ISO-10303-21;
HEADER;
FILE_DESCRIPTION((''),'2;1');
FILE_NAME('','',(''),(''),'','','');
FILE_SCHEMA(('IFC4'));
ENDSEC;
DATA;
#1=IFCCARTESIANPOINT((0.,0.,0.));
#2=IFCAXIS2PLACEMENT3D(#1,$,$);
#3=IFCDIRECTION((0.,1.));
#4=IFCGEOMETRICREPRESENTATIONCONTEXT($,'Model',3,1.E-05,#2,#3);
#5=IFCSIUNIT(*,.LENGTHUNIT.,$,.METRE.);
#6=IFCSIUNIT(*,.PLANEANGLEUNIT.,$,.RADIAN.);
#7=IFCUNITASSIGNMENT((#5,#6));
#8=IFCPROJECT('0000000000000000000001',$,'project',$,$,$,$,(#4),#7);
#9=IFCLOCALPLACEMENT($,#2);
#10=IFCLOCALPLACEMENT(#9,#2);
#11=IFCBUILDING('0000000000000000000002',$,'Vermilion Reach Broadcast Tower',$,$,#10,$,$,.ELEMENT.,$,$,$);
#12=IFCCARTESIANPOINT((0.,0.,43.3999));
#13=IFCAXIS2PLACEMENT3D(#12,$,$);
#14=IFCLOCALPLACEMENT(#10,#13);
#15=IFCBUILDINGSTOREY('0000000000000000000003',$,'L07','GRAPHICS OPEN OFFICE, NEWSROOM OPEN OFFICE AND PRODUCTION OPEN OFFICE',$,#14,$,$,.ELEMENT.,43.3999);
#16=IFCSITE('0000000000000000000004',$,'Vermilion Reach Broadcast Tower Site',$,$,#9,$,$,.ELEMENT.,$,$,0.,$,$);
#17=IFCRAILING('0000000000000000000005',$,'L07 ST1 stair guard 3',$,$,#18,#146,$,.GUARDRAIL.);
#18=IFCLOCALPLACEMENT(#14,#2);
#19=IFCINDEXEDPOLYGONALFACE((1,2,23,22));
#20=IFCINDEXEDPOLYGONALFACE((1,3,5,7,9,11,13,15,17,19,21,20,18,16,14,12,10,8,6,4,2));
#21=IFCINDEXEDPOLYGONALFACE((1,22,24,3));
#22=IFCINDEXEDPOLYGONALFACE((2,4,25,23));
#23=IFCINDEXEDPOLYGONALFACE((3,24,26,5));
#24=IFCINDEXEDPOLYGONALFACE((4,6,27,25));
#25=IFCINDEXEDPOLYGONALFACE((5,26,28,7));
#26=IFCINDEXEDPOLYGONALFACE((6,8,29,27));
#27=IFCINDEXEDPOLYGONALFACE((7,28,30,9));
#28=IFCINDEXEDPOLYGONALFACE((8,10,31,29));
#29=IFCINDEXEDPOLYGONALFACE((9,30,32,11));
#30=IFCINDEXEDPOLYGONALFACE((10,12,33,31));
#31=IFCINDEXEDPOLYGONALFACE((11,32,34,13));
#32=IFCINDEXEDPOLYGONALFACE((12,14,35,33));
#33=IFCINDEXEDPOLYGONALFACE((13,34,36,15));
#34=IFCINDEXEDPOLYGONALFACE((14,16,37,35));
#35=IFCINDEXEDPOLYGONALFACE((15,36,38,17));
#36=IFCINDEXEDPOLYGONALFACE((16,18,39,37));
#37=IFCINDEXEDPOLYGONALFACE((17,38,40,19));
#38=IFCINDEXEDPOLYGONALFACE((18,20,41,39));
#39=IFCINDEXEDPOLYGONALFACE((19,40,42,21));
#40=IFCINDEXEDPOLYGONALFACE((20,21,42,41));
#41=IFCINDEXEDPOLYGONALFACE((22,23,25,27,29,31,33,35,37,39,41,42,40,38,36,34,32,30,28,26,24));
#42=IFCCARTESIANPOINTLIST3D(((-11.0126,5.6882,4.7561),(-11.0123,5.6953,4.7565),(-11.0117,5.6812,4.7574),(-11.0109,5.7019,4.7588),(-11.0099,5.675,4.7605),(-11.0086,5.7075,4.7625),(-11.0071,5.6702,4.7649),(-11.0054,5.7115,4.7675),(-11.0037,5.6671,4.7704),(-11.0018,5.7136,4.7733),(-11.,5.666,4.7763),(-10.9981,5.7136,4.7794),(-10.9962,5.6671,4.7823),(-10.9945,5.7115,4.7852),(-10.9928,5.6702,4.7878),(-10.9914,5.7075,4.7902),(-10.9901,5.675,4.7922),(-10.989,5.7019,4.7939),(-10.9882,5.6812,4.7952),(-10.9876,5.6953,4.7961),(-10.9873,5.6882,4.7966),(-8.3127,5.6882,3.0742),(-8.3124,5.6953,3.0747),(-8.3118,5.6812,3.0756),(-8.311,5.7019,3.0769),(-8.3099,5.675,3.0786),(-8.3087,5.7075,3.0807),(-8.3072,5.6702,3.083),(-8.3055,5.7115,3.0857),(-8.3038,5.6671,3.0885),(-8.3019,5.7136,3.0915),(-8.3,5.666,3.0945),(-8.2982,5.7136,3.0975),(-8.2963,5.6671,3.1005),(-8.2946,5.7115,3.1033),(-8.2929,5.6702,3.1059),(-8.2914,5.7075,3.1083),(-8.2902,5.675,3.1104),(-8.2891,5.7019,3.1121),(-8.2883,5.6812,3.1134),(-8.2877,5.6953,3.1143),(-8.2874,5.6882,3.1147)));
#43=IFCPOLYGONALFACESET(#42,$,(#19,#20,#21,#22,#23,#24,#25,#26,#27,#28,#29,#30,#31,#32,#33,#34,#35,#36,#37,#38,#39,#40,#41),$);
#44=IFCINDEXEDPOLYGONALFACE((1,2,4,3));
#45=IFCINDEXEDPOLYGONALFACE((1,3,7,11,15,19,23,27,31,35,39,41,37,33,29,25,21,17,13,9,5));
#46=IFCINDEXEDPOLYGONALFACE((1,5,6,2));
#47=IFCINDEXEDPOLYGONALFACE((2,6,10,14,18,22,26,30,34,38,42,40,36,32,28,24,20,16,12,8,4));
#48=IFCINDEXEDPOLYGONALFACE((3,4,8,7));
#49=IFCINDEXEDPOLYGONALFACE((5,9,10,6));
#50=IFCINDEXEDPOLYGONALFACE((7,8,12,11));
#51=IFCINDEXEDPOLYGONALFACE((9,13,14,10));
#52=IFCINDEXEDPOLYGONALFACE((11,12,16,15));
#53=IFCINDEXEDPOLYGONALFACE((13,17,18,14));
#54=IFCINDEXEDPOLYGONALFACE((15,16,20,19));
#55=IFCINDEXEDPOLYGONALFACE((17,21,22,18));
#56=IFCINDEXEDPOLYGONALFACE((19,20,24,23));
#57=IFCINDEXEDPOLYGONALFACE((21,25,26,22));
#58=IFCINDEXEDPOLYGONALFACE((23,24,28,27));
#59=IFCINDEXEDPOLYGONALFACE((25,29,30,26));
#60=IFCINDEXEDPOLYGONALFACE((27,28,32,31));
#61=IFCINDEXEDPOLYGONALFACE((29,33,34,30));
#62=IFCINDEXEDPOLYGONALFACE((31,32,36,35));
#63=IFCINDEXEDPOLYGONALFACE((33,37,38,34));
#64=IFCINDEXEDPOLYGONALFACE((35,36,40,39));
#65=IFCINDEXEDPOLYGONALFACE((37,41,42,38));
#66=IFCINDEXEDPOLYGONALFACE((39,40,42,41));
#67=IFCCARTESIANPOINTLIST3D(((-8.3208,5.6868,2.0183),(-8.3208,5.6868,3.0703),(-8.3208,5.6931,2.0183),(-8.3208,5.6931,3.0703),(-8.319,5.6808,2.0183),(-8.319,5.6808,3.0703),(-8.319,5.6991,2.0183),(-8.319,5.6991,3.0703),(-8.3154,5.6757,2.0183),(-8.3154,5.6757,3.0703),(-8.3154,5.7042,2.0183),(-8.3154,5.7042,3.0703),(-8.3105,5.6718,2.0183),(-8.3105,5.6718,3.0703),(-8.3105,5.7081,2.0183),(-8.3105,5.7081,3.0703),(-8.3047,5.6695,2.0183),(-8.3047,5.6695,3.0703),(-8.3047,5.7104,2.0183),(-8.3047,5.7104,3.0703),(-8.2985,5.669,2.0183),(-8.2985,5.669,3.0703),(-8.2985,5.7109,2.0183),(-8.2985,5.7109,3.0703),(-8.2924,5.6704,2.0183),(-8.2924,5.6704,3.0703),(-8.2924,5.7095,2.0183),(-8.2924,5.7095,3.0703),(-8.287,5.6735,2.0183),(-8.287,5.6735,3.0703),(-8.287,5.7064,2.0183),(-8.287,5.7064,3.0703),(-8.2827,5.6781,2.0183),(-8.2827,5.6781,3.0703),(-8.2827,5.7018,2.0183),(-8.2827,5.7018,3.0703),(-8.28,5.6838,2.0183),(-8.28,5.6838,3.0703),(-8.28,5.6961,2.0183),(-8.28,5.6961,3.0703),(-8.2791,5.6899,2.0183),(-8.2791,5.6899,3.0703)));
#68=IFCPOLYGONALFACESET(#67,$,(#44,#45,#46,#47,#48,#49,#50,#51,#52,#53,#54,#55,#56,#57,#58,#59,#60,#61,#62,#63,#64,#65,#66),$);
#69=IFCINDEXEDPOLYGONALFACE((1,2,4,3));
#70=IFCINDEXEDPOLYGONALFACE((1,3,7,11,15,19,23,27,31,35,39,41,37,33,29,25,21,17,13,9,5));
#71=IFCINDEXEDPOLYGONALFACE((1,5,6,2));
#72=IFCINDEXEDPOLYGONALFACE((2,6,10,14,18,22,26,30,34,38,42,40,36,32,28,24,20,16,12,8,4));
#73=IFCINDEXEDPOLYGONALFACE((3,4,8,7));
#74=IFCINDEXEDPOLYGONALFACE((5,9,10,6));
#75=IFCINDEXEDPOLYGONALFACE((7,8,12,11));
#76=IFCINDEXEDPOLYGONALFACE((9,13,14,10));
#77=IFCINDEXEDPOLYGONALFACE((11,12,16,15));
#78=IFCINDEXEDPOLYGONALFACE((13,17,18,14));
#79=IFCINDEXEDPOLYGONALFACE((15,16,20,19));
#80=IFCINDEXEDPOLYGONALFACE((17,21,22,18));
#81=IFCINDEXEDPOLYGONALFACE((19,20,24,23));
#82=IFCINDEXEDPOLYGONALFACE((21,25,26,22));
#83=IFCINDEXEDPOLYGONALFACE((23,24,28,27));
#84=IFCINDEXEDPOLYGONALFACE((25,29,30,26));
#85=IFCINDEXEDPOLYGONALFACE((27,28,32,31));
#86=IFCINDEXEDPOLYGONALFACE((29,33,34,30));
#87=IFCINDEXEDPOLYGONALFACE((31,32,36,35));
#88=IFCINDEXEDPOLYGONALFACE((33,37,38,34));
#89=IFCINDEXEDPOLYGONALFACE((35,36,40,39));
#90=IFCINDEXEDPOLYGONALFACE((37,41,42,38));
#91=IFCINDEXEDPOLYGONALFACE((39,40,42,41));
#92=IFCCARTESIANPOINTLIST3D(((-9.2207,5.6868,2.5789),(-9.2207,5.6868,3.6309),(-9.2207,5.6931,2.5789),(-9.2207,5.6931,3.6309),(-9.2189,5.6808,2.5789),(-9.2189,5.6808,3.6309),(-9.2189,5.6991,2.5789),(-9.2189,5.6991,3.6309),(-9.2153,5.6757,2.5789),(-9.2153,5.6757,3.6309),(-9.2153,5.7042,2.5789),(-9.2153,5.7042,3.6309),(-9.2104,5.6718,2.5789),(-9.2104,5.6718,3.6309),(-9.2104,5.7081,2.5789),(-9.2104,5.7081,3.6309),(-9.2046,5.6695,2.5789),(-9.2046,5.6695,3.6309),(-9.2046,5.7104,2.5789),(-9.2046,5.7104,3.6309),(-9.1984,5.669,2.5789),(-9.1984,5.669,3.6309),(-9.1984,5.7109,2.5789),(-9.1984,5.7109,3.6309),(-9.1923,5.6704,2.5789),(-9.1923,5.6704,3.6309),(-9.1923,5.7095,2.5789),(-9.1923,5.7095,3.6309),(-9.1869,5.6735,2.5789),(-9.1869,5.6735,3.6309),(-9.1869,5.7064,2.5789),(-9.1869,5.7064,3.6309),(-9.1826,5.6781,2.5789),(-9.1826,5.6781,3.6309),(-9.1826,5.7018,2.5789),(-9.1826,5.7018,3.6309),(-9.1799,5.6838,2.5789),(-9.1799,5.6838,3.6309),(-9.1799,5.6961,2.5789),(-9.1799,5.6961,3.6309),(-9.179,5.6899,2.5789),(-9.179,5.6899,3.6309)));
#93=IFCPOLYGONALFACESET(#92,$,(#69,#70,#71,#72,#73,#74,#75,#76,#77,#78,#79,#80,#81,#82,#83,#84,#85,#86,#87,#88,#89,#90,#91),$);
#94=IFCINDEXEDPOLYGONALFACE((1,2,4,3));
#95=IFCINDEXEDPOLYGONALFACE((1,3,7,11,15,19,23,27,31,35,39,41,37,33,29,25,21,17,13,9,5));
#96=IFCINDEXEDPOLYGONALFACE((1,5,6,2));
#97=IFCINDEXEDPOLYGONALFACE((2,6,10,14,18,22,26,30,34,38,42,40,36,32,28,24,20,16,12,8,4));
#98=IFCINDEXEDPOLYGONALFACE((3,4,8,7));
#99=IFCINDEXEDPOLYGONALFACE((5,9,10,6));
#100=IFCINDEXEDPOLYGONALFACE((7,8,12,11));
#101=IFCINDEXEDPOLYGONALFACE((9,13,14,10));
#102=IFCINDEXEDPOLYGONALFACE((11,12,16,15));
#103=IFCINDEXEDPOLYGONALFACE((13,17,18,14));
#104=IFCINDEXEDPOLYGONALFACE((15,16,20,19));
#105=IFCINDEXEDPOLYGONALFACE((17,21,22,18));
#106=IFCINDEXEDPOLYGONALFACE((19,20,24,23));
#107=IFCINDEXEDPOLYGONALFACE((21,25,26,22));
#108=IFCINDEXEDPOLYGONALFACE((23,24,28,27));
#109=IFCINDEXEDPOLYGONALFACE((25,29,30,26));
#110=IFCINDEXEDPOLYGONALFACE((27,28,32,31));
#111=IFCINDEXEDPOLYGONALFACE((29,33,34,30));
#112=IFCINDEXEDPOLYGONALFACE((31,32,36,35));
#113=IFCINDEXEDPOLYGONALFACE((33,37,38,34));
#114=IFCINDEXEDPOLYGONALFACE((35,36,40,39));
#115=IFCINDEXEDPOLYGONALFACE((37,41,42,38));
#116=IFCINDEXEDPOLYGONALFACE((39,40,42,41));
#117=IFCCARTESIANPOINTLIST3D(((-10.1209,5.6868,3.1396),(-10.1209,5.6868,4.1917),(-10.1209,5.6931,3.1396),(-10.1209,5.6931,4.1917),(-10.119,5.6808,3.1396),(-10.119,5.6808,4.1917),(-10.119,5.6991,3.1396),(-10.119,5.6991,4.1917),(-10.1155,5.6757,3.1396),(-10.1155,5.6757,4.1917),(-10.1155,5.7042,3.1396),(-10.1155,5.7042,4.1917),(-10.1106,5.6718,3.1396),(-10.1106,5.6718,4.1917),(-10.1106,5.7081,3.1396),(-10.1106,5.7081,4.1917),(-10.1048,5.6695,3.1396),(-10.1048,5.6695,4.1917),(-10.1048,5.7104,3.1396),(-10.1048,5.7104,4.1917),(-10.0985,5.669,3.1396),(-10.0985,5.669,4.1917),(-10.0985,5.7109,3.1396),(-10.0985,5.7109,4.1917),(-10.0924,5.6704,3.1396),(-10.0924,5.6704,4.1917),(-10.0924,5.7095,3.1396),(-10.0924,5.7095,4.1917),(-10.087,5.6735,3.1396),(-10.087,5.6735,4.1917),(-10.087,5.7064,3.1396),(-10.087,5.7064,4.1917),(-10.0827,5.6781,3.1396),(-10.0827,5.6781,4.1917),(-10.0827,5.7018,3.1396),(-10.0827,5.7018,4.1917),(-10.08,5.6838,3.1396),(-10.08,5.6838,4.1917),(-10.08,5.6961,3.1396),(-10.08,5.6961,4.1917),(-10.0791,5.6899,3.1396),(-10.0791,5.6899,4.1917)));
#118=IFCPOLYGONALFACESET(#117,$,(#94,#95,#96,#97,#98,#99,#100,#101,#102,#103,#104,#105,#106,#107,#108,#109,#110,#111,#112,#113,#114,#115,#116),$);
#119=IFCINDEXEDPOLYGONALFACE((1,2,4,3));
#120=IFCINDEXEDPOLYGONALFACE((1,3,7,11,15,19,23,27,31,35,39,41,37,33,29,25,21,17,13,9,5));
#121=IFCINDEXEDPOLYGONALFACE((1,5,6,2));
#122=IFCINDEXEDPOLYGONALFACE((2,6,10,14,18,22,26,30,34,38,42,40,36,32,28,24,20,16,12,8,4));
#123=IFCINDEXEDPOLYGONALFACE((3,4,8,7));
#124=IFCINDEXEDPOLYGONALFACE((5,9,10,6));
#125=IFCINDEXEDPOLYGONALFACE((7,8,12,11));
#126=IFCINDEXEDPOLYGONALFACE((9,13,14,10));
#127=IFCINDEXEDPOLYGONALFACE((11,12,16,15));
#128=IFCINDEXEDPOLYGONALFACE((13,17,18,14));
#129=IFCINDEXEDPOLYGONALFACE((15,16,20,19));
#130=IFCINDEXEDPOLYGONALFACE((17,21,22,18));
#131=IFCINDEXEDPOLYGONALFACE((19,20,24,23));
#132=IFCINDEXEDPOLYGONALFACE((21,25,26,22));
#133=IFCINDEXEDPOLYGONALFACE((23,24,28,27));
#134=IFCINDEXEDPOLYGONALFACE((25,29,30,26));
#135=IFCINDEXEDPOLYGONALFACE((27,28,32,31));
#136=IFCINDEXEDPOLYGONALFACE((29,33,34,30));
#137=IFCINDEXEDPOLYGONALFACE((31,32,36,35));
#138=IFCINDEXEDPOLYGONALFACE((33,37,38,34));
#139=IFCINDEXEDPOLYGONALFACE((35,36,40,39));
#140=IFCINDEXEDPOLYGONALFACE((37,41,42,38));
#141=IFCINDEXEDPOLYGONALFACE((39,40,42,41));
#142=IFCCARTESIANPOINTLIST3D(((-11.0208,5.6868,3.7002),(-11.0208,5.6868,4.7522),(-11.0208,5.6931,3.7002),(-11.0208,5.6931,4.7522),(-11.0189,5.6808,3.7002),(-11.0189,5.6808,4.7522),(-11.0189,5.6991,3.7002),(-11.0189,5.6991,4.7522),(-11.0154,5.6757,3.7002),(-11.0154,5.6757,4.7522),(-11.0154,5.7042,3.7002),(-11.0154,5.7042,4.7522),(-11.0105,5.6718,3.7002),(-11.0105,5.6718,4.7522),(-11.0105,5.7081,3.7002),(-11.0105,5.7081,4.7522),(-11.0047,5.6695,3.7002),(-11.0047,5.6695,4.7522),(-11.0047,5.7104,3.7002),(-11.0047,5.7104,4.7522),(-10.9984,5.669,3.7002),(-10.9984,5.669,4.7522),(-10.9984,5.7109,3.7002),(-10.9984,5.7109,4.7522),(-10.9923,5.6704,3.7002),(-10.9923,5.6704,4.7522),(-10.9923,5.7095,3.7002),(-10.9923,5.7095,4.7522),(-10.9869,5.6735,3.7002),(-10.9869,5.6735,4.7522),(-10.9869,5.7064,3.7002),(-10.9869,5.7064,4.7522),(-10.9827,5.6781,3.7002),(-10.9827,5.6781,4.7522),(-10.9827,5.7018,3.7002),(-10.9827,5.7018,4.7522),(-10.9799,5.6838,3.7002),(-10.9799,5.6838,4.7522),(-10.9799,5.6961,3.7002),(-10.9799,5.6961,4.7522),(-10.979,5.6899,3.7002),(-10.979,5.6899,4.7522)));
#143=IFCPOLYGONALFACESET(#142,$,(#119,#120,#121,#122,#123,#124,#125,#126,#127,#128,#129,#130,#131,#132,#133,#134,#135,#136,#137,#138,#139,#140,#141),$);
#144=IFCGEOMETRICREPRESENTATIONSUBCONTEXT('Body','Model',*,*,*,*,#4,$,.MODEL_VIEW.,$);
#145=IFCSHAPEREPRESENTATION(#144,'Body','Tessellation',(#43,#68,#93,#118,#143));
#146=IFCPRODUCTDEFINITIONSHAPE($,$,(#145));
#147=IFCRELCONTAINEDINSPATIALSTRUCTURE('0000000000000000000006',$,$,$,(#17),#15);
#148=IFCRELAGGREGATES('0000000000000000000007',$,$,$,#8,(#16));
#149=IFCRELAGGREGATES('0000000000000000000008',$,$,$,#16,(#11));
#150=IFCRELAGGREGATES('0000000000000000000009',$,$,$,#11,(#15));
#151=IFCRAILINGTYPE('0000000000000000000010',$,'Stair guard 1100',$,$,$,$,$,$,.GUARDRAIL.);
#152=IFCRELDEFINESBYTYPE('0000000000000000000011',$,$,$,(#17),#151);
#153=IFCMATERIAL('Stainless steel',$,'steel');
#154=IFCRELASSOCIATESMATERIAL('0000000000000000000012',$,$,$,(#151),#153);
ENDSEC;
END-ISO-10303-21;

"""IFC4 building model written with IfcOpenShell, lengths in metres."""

from ifc_helpers import new_model, si_unit, direction, frame, origin, origin_2d, place, context, subcontext, project, spatial, circle, extrude, material, type_object, element, save


model = new_model("IFC4")

# Units and contexts
model_context = context("Model", 3, precision=1e-05, world=origin(), true_north=direction((0.0, 1.0)))
body_context = subcontext(model_context, "Body", "Model", "MODEL_VIEW")
ifc_project = project(units=[si_unit("LENGTHUNIT", "METRE"), si_unit("PLANEANGLEUNIT", "RADIAN")], contexts=[model_context])

# Site, building, storey
site_placement = place(None, origin())
site = spatial("IfcSite", under=ifc_project, at=site_placement, Name="Vermilion Reach Broadcast Tower Site", CompositionType="ELEMENT", RefElevation=0.0)
building_placement = place(site_placement, origin())
building = spatial("IfcBuilding", under=site, at=building_placement, Name="Vermilion Reach Broadcast Tower", CompositionType="ELEMENT")
storey_placement = place(building_placement, frame((0.0, 0.0, 43.3999)))
storey = spatial("IfcBuildingStorey", under=building, at=storey_placement, Name="L07", Description="GRAPHICS OPEN OFFICE, NEWSROOM OPEN OFFICE AND PRODUCTION OPEN OFFICE", CompositionType="ELEMENT", Elevation=43.3999)

# Railing
ifc_material_1 = material(Name="Stainless steel", Category="steel")
railing_type_1 = type_object("IfcRailingType", Name="Stair guard 1100", PredefinedType="GUARDRAIL", material=ifc_material_1)
railing_1_placement = place(storey_placement, frame((-8.3, 5.6899, 2.0183)))
element("IfcRailing", 1, at=railing_1_placement, inside=storey, type_object=railing_type_1, Name="L07 ST1 stair guard 3", PredefinedType="GUARDRAIL", context=body_context, shape_type="SweptSolid", body=[
    extrude(circle(Radius=0.0239, at=origin_2d()), frame((0.0, 0.0, 1.0762), z_axis=(-0.848786, 0.0, 0.528736), x_axis=(0.0, -1.0, 0.0)), (0.0, 0.0, 1.0), 3.1809),
    extrude(circle(Radius=0.021, at=origin_2d()), origin(), (0.0, 0.0, 1.0), 1.052),
    extrude(circle(Radius=0.021, at=origin_2d()), frame((-0.8999, 0.0, 0.5605)), (0.0, 0.0, 1.0), 1.052),
    extrude(circle(Radius=0.021, at=origin_2d()), frame((-1.8, 0.0, 1.1213)), (0.0, 0.0, 1.0), 1.052),
    extrude(circle(Radius=0.021, at=origin_2d()), frame((-2.7, 0.0, 1.6819)), (0.0, 0.0, 1.0), 1.052),
])

save(model, "model.ifc")
